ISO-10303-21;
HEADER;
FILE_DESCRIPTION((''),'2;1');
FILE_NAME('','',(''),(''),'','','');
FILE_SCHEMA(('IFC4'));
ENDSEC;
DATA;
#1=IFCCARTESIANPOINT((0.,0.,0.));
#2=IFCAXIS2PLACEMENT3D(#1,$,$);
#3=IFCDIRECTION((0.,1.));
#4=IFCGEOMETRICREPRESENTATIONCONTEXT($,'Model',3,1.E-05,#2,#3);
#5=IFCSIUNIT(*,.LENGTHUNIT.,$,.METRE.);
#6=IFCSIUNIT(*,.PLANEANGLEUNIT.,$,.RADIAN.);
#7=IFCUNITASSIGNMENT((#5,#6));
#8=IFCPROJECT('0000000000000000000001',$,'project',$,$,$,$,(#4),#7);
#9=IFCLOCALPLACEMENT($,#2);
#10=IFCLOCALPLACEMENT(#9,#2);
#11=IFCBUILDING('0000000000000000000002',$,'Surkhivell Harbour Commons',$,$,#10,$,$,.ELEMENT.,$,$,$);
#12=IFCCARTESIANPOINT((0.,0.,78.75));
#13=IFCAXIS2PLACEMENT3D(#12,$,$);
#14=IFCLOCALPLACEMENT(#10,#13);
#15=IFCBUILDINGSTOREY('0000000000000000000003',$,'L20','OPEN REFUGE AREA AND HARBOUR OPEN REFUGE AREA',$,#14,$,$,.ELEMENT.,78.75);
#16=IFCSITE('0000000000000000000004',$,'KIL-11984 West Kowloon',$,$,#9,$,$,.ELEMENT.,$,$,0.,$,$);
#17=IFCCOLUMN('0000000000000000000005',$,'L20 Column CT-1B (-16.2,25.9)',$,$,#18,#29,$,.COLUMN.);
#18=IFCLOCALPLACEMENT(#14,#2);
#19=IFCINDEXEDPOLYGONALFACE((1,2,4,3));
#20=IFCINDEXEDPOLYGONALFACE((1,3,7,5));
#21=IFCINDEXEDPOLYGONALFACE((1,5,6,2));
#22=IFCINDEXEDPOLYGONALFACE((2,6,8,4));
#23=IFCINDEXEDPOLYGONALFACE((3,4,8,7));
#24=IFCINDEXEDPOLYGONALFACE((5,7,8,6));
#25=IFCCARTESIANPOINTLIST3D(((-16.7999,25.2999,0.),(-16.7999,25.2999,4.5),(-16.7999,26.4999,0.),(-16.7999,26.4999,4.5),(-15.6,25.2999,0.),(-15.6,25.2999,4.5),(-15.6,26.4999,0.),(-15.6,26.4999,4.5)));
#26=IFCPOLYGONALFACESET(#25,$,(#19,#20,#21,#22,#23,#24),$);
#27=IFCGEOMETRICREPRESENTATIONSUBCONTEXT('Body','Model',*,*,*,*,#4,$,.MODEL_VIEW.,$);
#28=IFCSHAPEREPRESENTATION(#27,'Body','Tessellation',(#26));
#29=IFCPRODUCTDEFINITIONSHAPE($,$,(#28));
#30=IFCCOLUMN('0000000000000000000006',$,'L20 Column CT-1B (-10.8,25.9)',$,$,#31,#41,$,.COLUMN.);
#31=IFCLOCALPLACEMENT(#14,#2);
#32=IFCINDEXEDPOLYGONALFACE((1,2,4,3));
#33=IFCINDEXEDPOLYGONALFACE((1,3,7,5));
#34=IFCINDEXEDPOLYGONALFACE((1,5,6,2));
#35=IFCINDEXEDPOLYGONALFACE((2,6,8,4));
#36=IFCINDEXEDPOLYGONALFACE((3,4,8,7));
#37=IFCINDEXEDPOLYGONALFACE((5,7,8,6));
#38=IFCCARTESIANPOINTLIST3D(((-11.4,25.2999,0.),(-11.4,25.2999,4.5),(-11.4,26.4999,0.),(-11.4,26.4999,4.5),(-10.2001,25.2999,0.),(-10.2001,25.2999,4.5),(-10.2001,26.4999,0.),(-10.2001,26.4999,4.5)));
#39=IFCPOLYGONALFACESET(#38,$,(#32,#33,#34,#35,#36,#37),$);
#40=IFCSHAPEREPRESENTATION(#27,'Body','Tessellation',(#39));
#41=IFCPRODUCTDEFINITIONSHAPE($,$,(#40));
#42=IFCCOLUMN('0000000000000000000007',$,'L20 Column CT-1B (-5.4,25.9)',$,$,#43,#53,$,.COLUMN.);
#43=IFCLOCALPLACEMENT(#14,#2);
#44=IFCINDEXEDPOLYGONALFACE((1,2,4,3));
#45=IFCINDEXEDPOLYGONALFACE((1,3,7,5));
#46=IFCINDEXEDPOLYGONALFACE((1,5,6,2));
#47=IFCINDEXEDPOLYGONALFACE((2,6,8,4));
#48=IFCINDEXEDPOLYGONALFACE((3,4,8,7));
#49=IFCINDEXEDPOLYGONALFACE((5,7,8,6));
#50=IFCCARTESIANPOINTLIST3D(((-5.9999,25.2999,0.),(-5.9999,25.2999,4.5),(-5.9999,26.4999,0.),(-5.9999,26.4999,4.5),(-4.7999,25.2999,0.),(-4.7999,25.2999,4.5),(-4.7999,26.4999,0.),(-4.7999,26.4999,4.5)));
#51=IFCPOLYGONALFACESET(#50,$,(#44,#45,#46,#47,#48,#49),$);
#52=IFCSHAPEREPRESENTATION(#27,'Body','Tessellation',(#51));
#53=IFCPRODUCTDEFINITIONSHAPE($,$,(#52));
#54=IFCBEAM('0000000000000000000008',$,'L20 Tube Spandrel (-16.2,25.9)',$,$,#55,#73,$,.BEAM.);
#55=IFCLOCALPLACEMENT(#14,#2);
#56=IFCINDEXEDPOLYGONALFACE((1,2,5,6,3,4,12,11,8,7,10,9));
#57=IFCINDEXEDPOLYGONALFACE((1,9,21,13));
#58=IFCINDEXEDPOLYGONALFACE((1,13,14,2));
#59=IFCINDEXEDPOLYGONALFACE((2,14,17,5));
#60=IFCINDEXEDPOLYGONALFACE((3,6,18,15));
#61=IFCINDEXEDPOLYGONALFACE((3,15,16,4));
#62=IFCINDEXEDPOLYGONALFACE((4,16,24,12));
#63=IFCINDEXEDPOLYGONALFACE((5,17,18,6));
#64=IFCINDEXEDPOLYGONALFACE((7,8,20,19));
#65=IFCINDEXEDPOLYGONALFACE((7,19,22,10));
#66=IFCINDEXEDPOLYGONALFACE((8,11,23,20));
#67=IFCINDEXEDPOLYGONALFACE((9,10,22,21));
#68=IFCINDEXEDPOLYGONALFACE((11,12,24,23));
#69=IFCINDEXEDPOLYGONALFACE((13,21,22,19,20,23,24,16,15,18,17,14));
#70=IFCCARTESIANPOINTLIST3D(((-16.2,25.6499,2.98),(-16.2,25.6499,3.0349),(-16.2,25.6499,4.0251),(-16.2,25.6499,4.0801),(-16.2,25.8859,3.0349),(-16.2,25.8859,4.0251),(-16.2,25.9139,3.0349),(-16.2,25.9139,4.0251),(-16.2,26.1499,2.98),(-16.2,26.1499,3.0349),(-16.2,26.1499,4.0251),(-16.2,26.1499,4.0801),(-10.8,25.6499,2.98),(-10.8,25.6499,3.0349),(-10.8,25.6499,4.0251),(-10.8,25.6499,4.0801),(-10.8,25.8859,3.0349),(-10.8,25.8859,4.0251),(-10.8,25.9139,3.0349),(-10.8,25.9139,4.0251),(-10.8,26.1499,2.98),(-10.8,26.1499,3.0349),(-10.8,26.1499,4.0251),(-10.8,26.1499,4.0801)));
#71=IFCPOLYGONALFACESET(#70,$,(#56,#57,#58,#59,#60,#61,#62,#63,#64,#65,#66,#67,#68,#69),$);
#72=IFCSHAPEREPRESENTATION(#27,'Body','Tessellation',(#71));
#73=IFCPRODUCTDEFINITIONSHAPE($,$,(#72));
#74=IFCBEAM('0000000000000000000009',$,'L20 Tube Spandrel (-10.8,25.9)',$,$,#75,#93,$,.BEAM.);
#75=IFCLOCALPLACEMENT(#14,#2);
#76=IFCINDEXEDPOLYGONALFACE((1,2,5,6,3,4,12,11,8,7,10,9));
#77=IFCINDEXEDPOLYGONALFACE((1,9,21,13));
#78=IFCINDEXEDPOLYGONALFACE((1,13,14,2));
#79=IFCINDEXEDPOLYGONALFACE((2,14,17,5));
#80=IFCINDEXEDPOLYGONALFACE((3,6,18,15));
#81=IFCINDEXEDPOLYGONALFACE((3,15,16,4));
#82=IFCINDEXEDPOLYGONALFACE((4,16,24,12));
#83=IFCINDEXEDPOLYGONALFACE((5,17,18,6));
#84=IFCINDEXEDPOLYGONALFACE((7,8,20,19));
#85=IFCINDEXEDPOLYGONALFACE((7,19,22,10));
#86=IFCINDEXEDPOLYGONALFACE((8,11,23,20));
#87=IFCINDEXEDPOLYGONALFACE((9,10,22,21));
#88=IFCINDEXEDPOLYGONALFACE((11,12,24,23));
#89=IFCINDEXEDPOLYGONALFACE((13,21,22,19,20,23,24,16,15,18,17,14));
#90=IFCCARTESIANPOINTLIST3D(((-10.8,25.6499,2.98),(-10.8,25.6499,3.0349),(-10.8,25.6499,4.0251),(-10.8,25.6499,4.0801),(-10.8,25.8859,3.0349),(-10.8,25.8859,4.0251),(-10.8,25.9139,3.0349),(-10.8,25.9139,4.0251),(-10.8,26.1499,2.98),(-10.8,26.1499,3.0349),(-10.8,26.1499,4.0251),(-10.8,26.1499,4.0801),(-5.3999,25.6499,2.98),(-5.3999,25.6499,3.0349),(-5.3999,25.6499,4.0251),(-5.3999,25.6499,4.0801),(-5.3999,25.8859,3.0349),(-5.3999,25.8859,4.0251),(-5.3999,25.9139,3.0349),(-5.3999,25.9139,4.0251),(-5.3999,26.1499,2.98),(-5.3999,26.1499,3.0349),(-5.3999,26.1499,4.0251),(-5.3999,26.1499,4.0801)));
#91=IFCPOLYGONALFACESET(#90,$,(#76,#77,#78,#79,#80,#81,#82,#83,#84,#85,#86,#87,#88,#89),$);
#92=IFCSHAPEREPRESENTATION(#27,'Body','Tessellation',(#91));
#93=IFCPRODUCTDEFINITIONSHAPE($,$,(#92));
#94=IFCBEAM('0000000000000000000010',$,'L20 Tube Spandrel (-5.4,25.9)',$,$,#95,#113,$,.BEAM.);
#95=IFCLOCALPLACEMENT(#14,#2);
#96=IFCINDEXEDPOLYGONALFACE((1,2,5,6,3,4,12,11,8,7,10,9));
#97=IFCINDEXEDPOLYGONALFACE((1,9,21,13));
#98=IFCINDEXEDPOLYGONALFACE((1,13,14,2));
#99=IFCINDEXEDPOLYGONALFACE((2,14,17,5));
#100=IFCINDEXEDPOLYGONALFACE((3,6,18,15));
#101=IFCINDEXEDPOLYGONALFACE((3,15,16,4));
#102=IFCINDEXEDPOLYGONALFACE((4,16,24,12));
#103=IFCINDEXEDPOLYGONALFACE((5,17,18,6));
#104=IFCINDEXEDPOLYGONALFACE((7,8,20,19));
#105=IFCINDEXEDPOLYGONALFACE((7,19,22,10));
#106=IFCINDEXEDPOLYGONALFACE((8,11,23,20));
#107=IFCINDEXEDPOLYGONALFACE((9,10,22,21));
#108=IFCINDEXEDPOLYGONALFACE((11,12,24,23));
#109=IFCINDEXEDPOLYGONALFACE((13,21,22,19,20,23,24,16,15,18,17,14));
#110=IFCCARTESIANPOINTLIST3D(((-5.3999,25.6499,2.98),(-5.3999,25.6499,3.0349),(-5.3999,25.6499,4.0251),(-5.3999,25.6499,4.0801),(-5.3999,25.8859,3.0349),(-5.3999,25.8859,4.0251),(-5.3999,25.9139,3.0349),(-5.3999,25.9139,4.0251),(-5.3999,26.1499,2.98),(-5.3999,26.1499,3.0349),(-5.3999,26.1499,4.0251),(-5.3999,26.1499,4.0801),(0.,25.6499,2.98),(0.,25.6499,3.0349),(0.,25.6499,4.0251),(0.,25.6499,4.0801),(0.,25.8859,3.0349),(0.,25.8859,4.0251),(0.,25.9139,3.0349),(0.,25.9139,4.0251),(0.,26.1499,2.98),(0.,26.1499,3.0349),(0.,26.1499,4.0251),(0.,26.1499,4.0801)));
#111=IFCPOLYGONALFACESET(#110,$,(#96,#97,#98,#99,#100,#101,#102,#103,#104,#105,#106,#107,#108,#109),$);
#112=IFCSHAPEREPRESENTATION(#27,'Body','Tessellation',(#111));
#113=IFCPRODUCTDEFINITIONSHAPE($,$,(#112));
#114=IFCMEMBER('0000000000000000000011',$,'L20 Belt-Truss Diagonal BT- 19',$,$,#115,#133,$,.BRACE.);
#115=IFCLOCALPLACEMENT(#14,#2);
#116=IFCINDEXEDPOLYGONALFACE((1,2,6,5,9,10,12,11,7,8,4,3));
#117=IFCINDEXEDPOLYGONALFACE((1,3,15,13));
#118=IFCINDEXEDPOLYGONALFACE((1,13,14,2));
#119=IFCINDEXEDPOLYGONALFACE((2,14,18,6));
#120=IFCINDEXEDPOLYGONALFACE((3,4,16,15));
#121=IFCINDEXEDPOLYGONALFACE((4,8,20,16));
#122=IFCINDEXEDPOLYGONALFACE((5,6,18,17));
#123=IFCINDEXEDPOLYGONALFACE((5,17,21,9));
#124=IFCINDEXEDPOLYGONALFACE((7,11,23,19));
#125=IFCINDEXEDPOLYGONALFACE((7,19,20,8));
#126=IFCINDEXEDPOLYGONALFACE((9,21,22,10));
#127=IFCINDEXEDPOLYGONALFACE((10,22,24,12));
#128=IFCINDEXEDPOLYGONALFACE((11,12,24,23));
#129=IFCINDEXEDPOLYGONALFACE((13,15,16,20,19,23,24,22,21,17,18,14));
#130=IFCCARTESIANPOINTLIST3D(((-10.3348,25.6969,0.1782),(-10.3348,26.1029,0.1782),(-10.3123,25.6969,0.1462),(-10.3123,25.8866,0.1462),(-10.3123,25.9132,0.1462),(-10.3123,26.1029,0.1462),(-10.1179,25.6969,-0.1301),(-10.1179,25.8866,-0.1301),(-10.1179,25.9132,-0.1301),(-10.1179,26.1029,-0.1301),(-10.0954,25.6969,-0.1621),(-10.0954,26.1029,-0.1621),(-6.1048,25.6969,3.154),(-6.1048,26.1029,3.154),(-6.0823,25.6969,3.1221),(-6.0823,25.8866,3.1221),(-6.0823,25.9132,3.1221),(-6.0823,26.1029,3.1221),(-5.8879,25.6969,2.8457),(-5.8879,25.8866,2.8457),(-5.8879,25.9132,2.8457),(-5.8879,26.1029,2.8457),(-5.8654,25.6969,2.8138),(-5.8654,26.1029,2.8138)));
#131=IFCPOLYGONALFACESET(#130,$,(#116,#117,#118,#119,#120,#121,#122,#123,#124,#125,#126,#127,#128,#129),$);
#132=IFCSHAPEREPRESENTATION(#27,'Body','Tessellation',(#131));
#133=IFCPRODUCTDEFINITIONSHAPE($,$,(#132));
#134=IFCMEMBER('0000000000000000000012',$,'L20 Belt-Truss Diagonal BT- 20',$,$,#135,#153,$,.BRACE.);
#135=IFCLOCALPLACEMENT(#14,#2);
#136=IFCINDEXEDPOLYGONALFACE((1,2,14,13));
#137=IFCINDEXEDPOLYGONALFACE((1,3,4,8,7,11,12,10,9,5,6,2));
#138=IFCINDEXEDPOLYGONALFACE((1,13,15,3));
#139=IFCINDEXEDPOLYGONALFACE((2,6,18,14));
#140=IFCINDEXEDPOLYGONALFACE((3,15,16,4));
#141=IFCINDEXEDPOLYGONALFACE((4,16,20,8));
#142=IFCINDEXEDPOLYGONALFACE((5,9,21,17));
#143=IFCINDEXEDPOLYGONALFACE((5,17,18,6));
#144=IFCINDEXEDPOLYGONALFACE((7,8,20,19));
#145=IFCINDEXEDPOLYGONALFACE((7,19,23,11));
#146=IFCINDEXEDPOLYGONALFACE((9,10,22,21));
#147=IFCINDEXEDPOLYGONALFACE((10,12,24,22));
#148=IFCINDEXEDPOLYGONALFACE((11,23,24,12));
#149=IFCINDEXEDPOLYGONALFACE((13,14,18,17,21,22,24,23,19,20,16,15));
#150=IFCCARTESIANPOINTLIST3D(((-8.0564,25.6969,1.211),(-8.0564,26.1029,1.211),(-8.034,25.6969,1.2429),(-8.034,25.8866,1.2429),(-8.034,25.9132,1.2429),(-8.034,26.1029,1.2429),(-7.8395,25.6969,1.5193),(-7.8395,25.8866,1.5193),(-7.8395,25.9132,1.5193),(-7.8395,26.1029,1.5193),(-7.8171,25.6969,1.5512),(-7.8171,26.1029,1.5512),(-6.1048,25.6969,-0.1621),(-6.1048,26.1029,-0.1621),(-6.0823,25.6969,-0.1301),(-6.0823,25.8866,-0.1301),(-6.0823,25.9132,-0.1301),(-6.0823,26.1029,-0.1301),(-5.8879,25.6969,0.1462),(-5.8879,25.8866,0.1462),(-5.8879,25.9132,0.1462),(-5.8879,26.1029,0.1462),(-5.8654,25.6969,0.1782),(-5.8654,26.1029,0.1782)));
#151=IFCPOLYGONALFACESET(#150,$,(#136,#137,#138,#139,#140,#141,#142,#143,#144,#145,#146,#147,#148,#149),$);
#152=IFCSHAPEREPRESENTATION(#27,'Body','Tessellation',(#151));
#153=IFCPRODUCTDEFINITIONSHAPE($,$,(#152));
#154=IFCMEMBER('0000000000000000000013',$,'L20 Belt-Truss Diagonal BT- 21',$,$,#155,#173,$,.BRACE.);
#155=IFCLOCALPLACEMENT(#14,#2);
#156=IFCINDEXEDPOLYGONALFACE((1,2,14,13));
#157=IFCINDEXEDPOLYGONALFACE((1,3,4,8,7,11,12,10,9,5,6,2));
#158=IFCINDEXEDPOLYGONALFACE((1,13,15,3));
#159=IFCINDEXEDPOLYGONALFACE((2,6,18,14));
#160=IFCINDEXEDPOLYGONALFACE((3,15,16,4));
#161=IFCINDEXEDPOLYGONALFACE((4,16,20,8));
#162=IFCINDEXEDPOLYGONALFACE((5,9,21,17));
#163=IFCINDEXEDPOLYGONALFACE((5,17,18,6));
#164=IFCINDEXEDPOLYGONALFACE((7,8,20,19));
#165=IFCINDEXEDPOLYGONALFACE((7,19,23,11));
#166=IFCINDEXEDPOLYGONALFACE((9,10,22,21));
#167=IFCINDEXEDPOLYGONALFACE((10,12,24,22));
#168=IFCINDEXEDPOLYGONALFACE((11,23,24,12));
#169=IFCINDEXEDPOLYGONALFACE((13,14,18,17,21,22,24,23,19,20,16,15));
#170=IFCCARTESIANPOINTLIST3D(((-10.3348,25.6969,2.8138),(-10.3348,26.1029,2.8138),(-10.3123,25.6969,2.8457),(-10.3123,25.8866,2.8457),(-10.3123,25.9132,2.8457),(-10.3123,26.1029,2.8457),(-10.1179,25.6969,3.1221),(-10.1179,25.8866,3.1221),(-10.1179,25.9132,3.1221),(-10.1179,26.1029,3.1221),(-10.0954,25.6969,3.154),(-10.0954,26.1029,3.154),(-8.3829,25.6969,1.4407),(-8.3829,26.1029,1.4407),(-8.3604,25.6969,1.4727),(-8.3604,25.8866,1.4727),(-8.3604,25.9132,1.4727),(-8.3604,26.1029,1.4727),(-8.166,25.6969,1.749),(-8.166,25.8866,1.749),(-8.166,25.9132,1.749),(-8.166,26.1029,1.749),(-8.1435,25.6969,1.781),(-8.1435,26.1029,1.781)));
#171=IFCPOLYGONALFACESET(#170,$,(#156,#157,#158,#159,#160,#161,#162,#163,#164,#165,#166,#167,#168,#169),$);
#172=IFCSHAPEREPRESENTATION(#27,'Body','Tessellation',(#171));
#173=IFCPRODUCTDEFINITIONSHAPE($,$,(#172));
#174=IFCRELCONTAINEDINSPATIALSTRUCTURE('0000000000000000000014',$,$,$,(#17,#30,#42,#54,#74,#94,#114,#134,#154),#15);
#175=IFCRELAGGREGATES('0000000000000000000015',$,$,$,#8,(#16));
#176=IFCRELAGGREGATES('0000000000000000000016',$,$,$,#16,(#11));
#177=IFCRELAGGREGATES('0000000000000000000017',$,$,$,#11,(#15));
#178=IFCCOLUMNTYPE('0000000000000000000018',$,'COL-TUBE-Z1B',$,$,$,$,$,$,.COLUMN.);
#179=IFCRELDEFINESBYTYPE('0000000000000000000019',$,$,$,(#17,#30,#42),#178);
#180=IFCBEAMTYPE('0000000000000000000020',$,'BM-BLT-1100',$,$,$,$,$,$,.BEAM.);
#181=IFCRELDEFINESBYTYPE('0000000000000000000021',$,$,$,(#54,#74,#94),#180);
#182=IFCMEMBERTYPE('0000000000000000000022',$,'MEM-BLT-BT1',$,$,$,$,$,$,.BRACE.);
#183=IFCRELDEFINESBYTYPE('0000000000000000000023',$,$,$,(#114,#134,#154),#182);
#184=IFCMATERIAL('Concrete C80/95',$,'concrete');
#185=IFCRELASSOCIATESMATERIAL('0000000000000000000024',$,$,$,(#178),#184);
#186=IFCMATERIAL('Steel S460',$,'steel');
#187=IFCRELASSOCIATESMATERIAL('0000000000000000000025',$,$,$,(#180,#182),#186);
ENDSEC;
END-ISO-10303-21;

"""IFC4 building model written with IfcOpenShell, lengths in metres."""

from ifc_helpers import new_model, si_unit, direction, frame, origin, origin_2d, place, context, subcontext, project, spatial, rectangle, i_section, extrude, material, material_profile, profile_set, type_object, element, save


model = new_model("IFC4")

# Units and contexts
model_context = context("Model", 3, precision=1e-05, world=origin(), true_north=direction((0.0, 1.0)))
body_context = subcontext(model_context, "Body", "Model", "MODEL_VIEW")
ifc_project = project(units=[si_unit("LENGTHUNIT", "METRE"), si_unit("PLANEANGLEUNIT", "RADIAN")], contexts=[model_context])

# Site, building, storey
site_placement = place(None, origin())
site = spatial("IfcSite", under=ifc_project, at=site_placement, Name="KIL-11984 West Kowloon", CompositionType="ELEMENT", RefElevation=0.0)
building_placement = place(site_placement, origin())
building = spatial("IfcBuilding", under=site, at=building_placement, Name="Surkhivell Harbour Commons", CompositionType="ELEMENT")
storey_placement = place(building_placement, frame((0.0, 0.0, 78.75)))
storey = spatial("IfcBuildingStorey", under=building, at=storey_placement, Name="L20", Description="OPEN REFUGE AREA AND HARBOUR OPEN REFUGE AREA", CompositionType="ELEMENT", Elevation=78.75)

# Columns
ifc_material_1 = material(Name="Concrete C80/95", Category="concrete")
ifc_material_profile_1 = material_profile(ifc_material_1, rectangle(XDim=1.2, YDim=1.2, at=origin_2d()), Name="RC-COL-1200x1200")
ifc_profile_set_1 = profile_set([ifc_material_profile_1], Name="Concrete C80/95")
column_type = type_object("IfcColumnType", Name="COL-TUBE-Z1B", PredefinedType="COLUMN", material=ifc_profile_set_1)
for number, where, z_axis, x_axis, name in (
    (1, (-16.2, 25.8999, 0.0), (0.0, 0.0, 1.0), (1.0, 0.0, 0.0), "L20 Column CT-1B (-16.2,25.9)"),
    (2, (-10.8, 25.8999, 0.0), (0.0, 0.0, 1.0), (1.0, 0.0, 0.0), "L20 Column CT-1B (-10.8,25.9)"),
    (3, (-5.3999, 25.8999, 0.0), (0.0, 0.0, 1.0), (1.0, 0.0, 0.0), "L20 Column CT-1B (-5.4,25.9)"),
):
    element("IfcColumn", number, at=place(storey_placement, frame(where, z_axis=z_axis, x_axis=x_axis)), inside=storey, type_object=column_type, Name=name, PredefinedType="COLUMN", context=body_context, shape_type="SweptSolid", body=[
        extrude(rectangle(XDim=1.2, YDim=1.2, at=origin_2d()), origin(), (0.0, 0.0, 1.0), 4.5),
    ])

# Beams
ifc_material_2 = material(Name="Steel S460", Category="steel")
ifc_material_profile_2 = material_profile(ifc_material_2, i_section(OverallWidth=0.5, OverallDepth=1.1001, WebThickness=0.0281, FlangeThickness=0.0549, at=origin_2d()), Name="WPG1100x500x210")
ifc_profile_set_2 = profile_set([ifc_material_profile_2], Name="Steel S460")
beam_type = type_object("IfcBeamType", Name="BM-BLT-1100", PredefinedType="BEAM", material=ifc_profile_set_2)
beam_1_placement = place(storey_placement, frame((-16.2, 25.8999, 3.53), z_axis=(1.0, 0.0, 0.0), x_axis=(0.0, 1.0, 0.0)))
element("IfcBeam", 4, at=beam_1_placement, inside=storey, type_object=beam_type, Name="L20 Tube Spandrel (-16.2,25.9)", PredefinedType="BEAM", context=body_context, shape_type="SweptSolid", body=[
    extrude(i_section(OverallWidth=0.5, OverallDepth=1.1001, WebThickness=0.0281, FlangeThickness=0.0549, at=origin_2d()), origin(), (0.0, 0.0, 1.0), 5.3999),
])
beam_2_placement = place(storey_placement, frame((-10.8, 25.8999, 3.53), z_axis=(1.0, 0.0, 0.0), x_axis=(0.0, 1.0, 0.0)))
element("IfcBeam", 5, at=beam_2_placement, inside=storey, type_object=beam_type, Name="L20 Tube Spandrel (-10.8,25.9)", PredefinedType="BEAM", context=body_context, shape_type="SweptSolid", body=[
    extrude(i_section(OverallWidth=0.5, OverallDepth=1.1001, WebThickness=0.0281, FlangeThickness=0.0549, at=origin_2d()), origin(), (0.0, 0.0, 1.0), 5.4001),
])
beam_3_placement = place(storey_placement, frame((-5.3999, 25.8999, 3.53), z_axis=(1.0, 0.0, 0.0), x_axis=(0.0, 1.0, 0.0)))
element("IfcBeam", 6, at=beam_3_placement, inside=storey, type_object=beam_type, Name="L20 Tube Spandrel (-5.4,25.9)", PredefinedType="BEAM", context=body_context, shape_type="SweptSolid", body=[
    extrude(i_section(OverallWidth=0.5, OverallDepth=1.1001, WebThickness=0.0281, FlangeThickness=0.0549, at=origin_2d()), origin(), (0.0, 0.0, 1.0), 5.3999),
])

# Members
ifc_material_profile_3 = material_profile(ifc_material_2, i_section(OverallWidth=0.406, OverallDepth=0.416, WebThickness=0.0266, FlangeThickness=0.0391, at=origin_2d()), Name="HD400x382")
ifc_profile_set_3 = profile_set([ifc_material_profile_3], Name="Steel S460")
member_type_1 = type_object("IfcMemberType", Name="MEM-BLT-BT1", PredefinedType="BRACE", material=ifc_profile_set_3)
member_1_placement = place(storey_placement, frame((-10.2151, 25.8999, 0.0081), z_axis=(0.817881, 0.0, 0.575387), x_axis=(0.0, 1.0, 0.0)))
element("IfcMember", 7, at=member_1_placement, inside=storey, type_object=member_type_1, Name="L20 Belt-Truss Diagonal BT- 19", PredefinedType="BRACE", context=body_context, shape_type="SweptSolid", body=[
    extrude(i_section(OverallWidth=0.406, OverallDepth=0.416, WebThickness=0.0266, FlangeThickness=0.0391, at=origin_2d()), origin(), (0.0, 0.0, 1.0), 5.1719),
])
member_2_placement = place(storey_placement, frame((-5.9851, 25.8999, 0.0081), z_axis=(-0.817874, 0.0, 0.575397), x_axis=(0.0, -1.0, 0.0)))
element("IfcMember", 8, at=member_2_placement, inside=storey, type_object=member_type_1, Name="L20 Belt-Truss Diagonal BT- 20", PredefinedType="BRACE", context=body_context, shape_type="SweptSolid", body=[
    extrude(i_section(OverallWidth=0.406, OverallDepth=0.416, WebThickness=0.0266, FlangeThickness=0.0391, at=origin_2d()), origin(), (0.0, 0.0, 1.0), 2.3862),
])
member_3_placement = place(storey_placement, frame((-8.2632, 25.8999, 1.6108), z_axis=(-0.817908, 0.0, 0.575349), x_axis=(0.0, -1.0, 0.0)))
element("IfcMember", 9, at=member_3_placement, inside=storey, type_object=member_type_1, Name="L20 Belt-Truss Diagonal BT- 21", PredefinedType="BRACE", context=body_context, shape_type="SweptSolid", body=[
    extrude(i_section(OverallWidth=0.406, OverallDepth=0.416, WebThickness=0.0266, FlangeThickness=0.0391, at=origin_2d()), origin(), (0.0, 0.0, 1.0), 2.3865),
])

save(model, "model.ifc")
